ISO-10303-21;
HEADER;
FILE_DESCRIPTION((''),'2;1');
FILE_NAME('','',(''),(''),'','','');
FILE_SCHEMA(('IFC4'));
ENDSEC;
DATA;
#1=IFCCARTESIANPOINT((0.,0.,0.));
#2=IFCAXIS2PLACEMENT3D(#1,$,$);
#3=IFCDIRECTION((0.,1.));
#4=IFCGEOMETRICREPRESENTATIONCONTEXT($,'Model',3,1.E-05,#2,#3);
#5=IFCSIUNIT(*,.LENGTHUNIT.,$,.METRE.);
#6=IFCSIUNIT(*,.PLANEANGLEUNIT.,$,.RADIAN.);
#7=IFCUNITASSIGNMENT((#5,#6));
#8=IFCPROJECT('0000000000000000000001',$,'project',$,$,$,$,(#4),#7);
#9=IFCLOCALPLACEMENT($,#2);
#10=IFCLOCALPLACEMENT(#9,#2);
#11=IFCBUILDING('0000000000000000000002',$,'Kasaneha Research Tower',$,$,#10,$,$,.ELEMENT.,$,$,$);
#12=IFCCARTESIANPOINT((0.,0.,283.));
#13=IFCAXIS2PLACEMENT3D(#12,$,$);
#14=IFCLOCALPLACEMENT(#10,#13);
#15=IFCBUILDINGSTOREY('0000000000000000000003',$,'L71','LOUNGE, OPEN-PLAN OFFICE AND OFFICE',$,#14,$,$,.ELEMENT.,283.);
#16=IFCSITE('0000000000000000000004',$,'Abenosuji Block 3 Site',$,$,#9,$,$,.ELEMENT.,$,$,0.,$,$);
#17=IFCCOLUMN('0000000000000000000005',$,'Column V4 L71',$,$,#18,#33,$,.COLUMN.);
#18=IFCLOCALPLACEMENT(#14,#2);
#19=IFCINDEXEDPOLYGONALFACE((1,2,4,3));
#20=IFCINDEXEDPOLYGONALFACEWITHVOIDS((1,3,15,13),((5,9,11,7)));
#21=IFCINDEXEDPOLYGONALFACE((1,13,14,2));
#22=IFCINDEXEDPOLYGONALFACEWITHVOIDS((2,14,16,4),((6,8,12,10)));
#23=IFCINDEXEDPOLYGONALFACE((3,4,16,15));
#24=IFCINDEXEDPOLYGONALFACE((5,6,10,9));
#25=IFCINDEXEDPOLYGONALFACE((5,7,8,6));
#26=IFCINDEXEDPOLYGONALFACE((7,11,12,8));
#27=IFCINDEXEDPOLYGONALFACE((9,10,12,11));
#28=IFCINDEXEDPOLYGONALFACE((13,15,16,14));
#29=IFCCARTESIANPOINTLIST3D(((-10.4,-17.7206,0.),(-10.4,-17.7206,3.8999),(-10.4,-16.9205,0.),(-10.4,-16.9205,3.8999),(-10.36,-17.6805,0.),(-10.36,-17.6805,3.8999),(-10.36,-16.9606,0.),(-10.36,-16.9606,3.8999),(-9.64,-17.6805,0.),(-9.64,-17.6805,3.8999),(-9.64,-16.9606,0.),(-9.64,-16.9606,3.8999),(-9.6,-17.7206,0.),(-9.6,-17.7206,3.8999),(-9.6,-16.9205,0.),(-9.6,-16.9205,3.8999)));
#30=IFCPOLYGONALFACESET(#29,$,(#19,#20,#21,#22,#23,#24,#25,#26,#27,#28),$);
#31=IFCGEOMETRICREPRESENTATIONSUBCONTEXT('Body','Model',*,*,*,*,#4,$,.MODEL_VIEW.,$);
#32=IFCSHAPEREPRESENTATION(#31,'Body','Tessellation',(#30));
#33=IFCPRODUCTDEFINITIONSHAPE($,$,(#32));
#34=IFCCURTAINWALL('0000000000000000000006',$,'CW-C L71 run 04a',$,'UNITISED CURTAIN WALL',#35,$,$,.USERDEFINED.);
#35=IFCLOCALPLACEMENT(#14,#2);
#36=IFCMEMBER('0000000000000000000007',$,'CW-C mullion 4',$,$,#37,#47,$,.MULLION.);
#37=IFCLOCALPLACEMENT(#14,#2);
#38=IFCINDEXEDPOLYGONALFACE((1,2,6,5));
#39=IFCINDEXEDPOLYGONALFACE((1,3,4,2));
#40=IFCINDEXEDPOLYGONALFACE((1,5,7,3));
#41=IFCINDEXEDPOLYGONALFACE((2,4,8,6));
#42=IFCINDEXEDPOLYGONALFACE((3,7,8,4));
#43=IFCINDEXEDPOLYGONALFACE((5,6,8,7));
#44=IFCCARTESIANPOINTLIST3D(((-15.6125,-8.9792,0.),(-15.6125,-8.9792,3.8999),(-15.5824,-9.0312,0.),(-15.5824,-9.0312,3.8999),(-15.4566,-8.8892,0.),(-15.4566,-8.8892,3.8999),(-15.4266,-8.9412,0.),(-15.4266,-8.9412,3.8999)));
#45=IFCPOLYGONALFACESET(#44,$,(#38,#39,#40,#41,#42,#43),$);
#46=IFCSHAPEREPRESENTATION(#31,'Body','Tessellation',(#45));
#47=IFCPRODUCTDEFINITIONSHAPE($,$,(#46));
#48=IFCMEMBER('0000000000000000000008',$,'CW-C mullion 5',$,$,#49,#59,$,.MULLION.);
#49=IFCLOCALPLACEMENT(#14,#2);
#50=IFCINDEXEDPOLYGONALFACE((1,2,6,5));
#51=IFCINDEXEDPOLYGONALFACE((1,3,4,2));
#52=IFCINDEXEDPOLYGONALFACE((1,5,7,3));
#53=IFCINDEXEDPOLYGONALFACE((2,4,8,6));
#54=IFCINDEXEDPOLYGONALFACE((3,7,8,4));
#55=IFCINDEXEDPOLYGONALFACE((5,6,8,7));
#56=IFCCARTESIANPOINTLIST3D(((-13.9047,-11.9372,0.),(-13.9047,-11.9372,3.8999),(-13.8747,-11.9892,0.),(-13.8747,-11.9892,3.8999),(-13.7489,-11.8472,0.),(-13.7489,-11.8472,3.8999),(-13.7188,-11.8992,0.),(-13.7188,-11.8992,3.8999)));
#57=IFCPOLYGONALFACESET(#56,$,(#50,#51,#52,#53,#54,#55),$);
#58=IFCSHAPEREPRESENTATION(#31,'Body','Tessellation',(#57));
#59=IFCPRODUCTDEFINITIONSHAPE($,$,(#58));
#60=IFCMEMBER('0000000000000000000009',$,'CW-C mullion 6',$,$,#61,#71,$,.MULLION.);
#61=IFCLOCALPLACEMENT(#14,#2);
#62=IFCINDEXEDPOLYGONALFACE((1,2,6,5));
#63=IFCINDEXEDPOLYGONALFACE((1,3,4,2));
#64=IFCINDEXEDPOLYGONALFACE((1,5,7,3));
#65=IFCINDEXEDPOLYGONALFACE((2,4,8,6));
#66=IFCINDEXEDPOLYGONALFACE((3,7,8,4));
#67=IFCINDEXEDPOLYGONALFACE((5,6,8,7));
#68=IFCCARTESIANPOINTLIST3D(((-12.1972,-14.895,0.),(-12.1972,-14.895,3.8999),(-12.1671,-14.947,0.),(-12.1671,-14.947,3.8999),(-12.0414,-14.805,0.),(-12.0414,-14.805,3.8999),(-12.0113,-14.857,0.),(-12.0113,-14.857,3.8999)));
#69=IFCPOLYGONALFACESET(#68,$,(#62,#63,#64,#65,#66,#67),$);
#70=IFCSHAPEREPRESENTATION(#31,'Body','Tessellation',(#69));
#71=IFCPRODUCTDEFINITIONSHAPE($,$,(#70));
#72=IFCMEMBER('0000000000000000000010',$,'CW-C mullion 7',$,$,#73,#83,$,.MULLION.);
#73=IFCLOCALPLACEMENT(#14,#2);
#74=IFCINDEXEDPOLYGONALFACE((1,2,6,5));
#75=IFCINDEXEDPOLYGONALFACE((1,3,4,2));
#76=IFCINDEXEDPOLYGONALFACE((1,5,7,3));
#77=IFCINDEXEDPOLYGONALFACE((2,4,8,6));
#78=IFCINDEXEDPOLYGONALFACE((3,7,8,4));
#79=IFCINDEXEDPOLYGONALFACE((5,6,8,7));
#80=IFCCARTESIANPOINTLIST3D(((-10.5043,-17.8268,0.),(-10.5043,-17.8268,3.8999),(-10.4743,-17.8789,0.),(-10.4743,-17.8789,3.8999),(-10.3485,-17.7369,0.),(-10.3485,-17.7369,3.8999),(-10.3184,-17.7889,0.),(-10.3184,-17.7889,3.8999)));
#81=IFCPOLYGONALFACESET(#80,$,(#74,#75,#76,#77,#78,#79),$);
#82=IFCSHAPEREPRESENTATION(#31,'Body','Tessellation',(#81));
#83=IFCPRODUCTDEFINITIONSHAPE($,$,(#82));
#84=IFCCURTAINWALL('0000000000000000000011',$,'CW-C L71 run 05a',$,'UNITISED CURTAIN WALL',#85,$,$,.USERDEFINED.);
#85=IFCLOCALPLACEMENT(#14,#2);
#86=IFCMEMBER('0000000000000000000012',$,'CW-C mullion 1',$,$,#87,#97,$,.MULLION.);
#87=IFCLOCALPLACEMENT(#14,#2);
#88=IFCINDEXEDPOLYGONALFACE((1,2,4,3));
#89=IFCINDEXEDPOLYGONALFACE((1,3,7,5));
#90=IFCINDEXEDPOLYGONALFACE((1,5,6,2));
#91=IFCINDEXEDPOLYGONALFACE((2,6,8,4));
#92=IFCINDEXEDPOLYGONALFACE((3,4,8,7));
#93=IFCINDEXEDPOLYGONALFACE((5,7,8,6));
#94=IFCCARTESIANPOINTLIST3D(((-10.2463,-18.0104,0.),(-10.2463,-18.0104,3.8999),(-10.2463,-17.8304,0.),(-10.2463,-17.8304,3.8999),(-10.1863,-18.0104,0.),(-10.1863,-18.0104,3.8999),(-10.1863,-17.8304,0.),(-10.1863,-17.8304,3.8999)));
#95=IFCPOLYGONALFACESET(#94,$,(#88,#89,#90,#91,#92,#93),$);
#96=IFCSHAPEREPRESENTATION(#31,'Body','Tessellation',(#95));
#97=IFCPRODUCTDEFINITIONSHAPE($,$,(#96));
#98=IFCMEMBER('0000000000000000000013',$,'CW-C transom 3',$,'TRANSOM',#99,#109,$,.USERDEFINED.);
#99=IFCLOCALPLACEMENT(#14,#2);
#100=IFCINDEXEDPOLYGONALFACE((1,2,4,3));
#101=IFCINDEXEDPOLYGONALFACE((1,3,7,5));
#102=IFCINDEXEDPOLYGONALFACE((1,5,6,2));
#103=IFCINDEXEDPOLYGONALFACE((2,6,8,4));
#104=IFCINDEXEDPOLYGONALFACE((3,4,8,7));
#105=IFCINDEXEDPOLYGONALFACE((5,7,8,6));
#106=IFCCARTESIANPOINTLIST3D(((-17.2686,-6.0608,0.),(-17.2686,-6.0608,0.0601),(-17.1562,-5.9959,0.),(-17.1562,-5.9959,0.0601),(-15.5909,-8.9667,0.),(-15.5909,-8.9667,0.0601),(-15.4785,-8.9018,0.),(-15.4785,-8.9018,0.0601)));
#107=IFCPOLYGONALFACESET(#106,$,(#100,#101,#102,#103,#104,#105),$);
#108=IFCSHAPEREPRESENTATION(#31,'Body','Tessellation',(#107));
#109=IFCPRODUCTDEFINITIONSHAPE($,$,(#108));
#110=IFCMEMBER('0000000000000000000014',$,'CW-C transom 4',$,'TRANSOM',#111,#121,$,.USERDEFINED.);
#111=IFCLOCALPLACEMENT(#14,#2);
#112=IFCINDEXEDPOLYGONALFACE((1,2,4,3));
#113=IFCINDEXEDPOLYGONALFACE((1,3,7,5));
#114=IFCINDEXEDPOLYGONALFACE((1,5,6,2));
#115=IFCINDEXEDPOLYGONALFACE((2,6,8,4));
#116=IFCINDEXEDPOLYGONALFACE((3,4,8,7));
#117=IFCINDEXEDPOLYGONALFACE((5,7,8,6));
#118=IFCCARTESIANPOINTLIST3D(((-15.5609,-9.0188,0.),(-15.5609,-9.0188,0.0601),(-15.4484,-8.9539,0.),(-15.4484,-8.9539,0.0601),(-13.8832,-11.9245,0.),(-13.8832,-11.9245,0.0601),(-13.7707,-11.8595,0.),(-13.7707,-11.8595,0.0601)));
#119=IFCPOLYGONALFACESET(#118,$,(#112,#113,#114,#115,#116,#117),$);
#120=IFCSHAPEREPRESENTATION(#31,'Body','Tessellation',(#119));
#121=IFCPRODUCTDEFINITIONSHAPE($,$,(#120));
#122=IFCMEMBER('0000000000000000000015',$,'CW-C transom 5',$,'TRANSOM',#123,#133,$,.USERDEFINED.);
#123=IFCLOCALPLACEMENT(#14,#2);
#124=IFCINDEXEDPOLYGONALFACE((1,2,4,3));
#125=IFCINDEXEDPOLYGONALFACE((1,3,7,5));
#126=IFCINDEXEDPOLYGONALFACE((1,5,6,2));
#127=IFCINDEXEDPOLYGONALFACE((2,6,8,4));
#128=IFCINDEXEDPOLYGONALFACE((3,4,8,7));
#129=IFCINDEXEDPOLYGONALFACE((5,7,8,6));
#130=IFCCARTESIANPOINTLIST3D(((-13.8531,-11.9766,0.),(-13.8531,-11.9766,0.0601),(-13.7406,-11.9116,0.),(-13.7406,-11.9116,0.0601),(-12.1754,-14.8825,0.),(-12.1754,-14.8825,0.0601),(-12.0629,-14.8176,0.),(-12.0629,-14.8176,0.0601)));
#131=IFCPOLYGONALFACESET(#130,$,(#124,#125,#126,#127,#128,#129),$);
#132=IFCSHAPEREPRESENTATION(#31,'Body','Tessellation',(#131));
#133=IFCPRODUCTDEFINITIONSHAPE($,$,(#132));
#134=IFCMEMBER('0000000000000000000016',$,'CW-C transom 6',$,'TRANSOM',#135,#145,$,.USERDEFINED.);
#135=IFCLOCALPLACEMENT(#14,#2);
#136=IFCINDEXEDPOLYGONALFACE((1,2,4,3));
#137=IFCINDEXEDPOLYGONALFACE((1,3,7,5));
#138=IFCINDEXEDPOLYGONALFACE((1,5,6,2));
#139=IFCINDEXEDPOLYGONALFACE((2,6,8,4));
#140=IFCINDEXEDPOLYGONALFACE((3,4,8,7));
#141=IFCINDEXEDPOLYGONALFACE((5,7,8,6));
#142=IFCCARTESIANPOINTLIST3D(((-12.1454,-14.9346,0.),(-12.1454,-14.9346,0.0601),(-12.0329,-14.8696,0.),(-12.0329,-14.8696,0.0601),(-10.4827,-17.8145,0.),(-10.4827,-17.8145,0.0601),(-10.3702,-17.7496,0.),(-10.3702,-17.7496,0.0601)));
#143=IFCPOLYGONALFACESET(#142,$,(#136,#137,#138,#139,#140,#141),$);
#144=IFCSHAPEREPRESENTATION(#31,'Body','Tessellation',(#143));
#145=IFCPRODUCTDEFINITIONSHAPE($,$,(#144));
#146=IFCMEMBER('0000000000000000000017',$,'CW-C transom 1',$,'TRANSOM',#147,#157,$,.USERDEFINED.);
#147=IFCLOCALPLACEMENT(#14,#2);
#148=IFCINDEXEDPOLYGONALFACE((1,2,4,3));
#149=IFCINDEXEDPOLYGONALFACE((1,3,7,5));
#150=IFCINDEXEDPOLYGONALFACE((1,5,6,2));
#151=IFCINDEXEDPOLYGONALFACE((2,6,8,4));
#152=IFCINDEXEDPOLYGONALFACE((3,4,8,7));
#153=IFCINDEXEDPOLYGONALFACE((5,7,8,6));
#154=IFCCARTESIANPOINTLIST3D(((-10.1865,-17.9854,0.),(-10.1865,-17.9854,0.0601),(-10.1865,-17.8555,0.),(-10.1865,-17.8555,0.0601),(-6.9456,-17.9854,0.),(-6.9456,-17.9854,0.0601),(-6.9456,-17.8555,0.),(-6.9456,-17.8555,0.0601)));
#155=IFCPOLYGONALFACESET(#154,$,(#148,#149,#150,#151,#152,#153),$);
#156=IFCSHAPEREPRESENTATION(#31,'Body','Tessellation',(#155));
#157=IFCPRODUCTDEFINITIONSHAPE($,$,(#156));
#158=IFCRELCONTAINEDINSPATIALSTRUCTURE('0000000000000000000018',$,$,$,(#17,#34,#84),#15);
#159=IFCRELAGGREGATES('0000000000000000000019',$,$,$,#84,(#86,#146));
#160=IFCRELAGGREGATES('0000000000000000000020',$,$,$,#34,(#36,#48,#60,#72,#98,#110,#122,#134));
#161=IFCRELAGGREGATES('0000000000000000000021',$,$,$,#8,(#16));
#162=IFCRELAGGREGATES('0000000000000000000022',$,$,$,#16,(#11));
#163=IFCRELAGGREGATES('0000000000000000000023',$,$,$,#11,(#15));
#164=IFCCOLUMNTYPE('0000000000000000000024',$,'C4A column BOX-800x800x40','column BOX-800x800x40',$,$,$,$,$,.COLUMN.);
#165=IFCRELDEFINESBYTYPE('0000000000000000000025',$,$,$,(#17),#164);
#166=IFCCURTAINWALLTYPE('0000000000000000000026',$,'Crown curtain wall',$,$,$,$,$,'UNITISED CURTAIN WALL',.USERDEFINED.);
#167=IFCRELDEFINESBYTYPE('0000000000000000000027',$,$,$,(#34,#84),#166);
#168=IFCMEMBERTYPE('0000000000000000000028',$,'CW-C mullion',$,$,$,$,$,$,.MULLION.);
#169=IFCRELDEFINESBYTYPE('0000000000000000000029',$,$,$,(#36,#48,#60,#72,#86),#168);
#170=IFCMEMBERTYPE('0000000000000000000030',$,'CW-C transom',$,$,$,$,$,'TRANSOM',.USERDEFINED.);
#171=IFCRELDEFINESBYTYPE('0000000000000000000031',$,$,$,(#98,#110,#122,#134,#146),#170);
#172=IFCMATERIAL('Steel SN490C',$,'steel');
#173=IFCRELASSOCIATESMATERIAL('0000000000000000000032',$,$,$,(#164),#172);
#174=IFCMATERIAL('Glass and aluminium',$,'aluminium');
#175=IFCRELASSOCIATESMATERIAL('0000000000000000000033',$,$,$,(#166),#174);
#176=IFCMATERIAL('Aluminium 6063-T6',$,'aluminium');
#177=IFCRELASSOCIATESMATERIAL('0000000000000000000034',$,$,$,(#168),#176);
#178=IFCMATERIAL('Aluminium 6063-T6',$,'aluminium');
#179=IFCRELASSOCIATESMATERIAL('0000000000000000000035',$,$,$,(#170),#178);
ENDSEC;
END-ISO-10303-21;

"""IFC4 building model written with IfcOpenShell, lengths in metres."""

from ifc_helpers import new_model, si_unit, direction, frame, origin, origin_2d, place, context, subcontext, project, spatial, rectangle, hollow_rectangle, extrude, material, material_profile, profile_set, type_object, element, aggregate, save


model = new_model("IFC4")

# Units and contexts
model_context = context("Model", 3, precision=1e-05, world=origin(), true_north=direction((0.0, 1.0)))
body_context = subcontext(model_context, "Body", "Model", "MODEL_VIEW")
ifc_project = project(units=[si_unit("LENGTHUNIT", "METRE"), si_unit("PLANEANGLEUNIT", "RADIAN")], contexts=[model_context])

# Site, building, storey
site_placement = place(None, origin())
site = spatial("IfcSite", under=ifc_project, at=site_placement, Name="Abenosuji Block 3 Site", CompositionType="ELEMENT", RefElevation=0.0)
building_placement = place(site_placement, origin())
building = spatial("IfcBuilding", under=site, at=building_placement, Name="Kasaneha Research Tower", CompositionType="ELEMENT")
storey_placement = place(building_placement, frame((0.0, 0.0, 283.0)))
storey = spatial("IfcBuildingStorey", under=building, at=storey_placement, Name="L71", Description="LOUNGE, OPEN-PLAN OFFICE AND OFFICE", CompositionType="ELEMENT", Elevation=283.0)

# Column
ifc_material_1 = material(Name="Steel SN490C", Category="steel")
ifc_material_profile_1 = material_profile(ifc_material_1, hollow_rectangle(XDim=0.8, YDim=0.8, WallThickness=0.04, at=origin_2d()), Name="BOX-800x800x40")
ifc_profile_set_1 = profile_set([ifc_material_profile_1], Name="Steel SN490C")
column_type = type_object("IfcColumnType", Name="C4A column BOX-800x800x40", Description="column BOX-800x800x40", PredefinedType="COLUMN", material=ifc_profile_set_1)
column_placement = place(storey_placement, frame((-10.0, -17.3206, 0.0), z_axis=(0.0, 0.0, 1.0), x_axis=(1.0, 0.0, 0.0)))
element("IfcColumn", 1, at=column_placement, inside=storey, type_object=column_type, Name="Column V4 L71", PredefinedType="COLUMN", context=body_context, shape_type="SweptSolid", body=[
    extrude(hollow_rectangle(XDim=0.8, YDim=0.8, WallThickness=0.04, at=origin_2d()), origin(), (0.0, 0.0, 1.0), 3.8999),
])

# Curtain wall, members
ifc_material_2 = material(Name="Glass and aluminium", Category="aluminium")
curtain_wall_type = type_object("IfcCurtainWallType", Name="Crown curtain wall", ElementType="UNITISED CURTAIN WALL", PredefinedType="USERDEFINED", material=ifc_material_2)
curtain_wall_1_placement = place(storey_placement, origin())
curtain_wall_1 = element("IfcCurtainWall", 2, at=curtain_wall_1_placement, inside=storey, type_object=curtain_wall_type, Name="CW-C L71 run 04a", ObjectType="UNITISED CURTAIN WALL", PredefinedType="USERDEFINED")
ifc_material_3 = material(Name="Aluminium 6063-T6", Category="aluminium")
ifc_material_profile_2 = material_profile(ifc_material_3, rectangle(XDim=0.0601, YDim=0.1799, at=origin_2d()), Name="CW-C mullion 60x180")
ifc_profile_set_2 = profile_set([ifc_material_profile_2], Name="Aluminium 6063-T6")
member_type_1 = type_object("IfcMemberType", Name="CW-C mullion", PredefinedType="MULLION", material=ifc_profile_set_2)
member_1_placement = place(storey_placement, frame((-15.5195, -8.9602, 0.0), z_axis=(0.0, 0.0, 1.0), x_axis=(0.5, -0.866025, 0.0)))
member_1 = element("IfcMember", 3, at=member_1_placement, type_object=member_type_1, Name="CW-C mullion 4", PredefinedType="MULLION", context=body_context, shape_type="SweptSolid", body=[
    extrude(rectangle(XDim=0.0601, YDim=0.1799, at=origin_2d()), origin(), (0.0, 0.0, 1.0), 3.8999),
])
member_2_placement = place(storey_placement, frame((-13.8118, -11.9182, 0.0), z_axis=(0.0, 0.0, 1.0), x_axis=(0.5, -0.866025, 0.0)))
member_2 = element("IfcMember", 4, at=member_2_placement, type_object=member_type_1, Name="CW-C mullion 5", PredefinedType="MULLION", context=body_context, shape_type="SweptSolid", body=[
    extrude(rectangle(XDim=0.0601, YDim=0.1799, at=origin_2d()), origin(), (0.0, 0.0, 1.0), 3.8999),
])
member_3_placement = place(storey_placement, frame((-12.1042, -14.876, 0.0), z_axis=(0.0, 0.0, 1.0), x_axis=(0.5, -0.866025, 0.0)))
member_3 = element("IfcMember", 5, at=member_3_placement, type_object=member_type_1, Name="CW-C mullion 6", PredefinedType="MULLION", context=body_context, shape_type="SweptSolid", body=[
    extrude(rectangle(XDim=0.0601, YDim=0.1799, at=origin_2d()), origin(), (0.0, 0.0, 1.0), 3.8999),
])
member_4_placement = place(storey_placement, frame((-10.4114, -17.8079, 0.0), z_axis=(0.0, 0.0, 1.0), x_axis=(0.5, -0.866025, 0.0)))
member_4 = element("IfcMember", 6, at=member_4_placement, type_object=member_type_1, Name="CW-C mullion 7", PredefinedType="MULLION", context=body_context, shape_type="SweptSolid", body=[
    extrude(rectangle(XDim=0.0601, YDim=0.1799, at=origin_2d()), origin(), (0.0, 0.0, 1.0), 3.8999),
])

# Curtain wall, member
curtain_wall_2_placement = place(storey_placement, origin())
curtain_wall_2 = element("IfcCurtainWall", 7, at=curtain_wall_2_placement, inside=storey, type_object=curtain_wall_type, Name="CW-C L71 run 05a", ObjectType="UNITISED CURTAIN WALL", PredefinedType="USERDEFINED")
member_5_placement = place(storey_placement, frame((-10.2163, -17.9204, 0.0), z_axis=(0.0, 0.0, 1.0), x_axis=(1.0, 0.0, 0.0)))
member_5 = element("IfcMember", 8, at=member_5_placement, type_object=member_type_1, Name="CW-C mullion 1", PredefinedType="MULLION", context=body_context, shape_type="SweptSolid", body=[
    extrude(rectangle(XDim=0.0601, YDim=0.1799, at=origin_2d()), origin(), (0.0, 0.0, 1.0), 3.8999),
])

# Members
ifc_material_4 = material(Name="Aluminium 6063-T6", Category="aluminium")
ifc_material_profile_3 = material_profile(ifc_material_4, rectangle(XDim=0.1299, YDim=0.0601, at=origin_2d()), Name="CW-C transom 130x60")
ifc_profile_set_3 = profile_set([ifc_material_profile_3], Name="Aluminium 6063-T6")
member_type_2 = type_object("IfcMemberType", Name="CW-C transom", ElementType="TRANSOM", PredefinedType="USERDEFINED", material=ifc_profile_set_3)
member_6_placement = place(storey_placement, frame((-17.2124, -6.0283, 0.03), z_axis=(0.499989, -0.866032, 0.0), x_axis=(0.866032, 0.499989, 0.0)))
member_6 = element("IfcMember", 9, at=member_6_placement, type_object=member_type_2, Name="CW-C transom 3", ObjectType="TRANSOM", PredefinedType="USERDEFINED", context=body_context, shape_type="SweptSolid", body=[
    extrude(rectangle(XDim=0.1299, YDim=0.0601, at=origin_2d()), origin(), (0.0, 0.0, 1.0), 3.3555),
])
member_7_placement = place(storey_placement, frame((-15.5046, -8.9863, 0.03), z_axis=(0.500021, -0.866014, 0.0), x_axis=(0.866014, 0.500021, 0.0)))
member_7 = element("IfcMember", 10, at=member_7_placement, type_object=member_type_2, Name="CW-C transom 4", ObjectType="TRANSOM", PredefinedType="USERDEFINED", context=body_context, shape_type="SweptSolid", body=[
    extrude(rectangle(XDim=0.1299, YDim=0.0601, at=origin_2d()), origin(), (0.0, 0.0, 1.0), 3.3552),
])
member_8_placement = place(storey_placement, frame((-13.7969, -11.9441, 0.03), z_axis=(0.499989, -0.866032, 0.0), x_axis=(0.866032, 0.499989, 0.0)))
member_8 = element("IfcMember", 11, at=member_8_placement, type_object=member_type_2, Name="CW-C transom 5", ObjectType="TRANSOM", PredefinedType="USERDEFINED", context=body_context, shape_type="SweptSolid", body=[
    extrude(rectangle(XDim=0.1299, YDim=0.0601, at=origin_2d()), origin(), (0.0, 0.0, 1.0), 3.3555),
])
member_9_placement = place(storey_placement, frame((-12.0891, -14.9021, 0.03), z_axis=(0.499977, -0.866039, 0.0), x_axis=(0.866039, 0.499977, 0.0)))
member_9 = element("IfcMember", 12, at=member_9_placement, type_object=member_type_2, Name="CW-C transom 6", ObjectType="TRANSOM", PredefinedType="USERDEFINED", context=body_context, shape_type="SweptSolid", body=[
    extrude(rectangle(XDim=0.1299, YDim=0.0601, at=origin_2d()), origin(), (0.0, 0.0, 1.0), 3.3254),
])
member_10_placement = place(storey_placement, frame((-10.1865, -17.9204, 0.03), z_axis=(1.0, 0.0, 0.0), x_axis=(0.0, 1.0, 0.0)))
member_10 = element("IfcMember", 13, at=member_10_placement, type_object=member_type_2, Name="CW-C transom 1", ObjectType="TRANSOM", PredefinedType="USERDEFINED", context=body_context, shape_type="SweptSolid", body=[
    extrude(rectangle(XDim=0.1299, YDim=0.0601, at=origin_2d()), origin(), (0.0, 0.0, 1.0), 3.241),
])
aggregate(curtain_wall_2, [member_5, member_10])

aggregate(curtain_wall_1, [member_1, member_2, member_3, member_4, member_6, member_7, member_8, member_9])

save(model, "model.ifc")
